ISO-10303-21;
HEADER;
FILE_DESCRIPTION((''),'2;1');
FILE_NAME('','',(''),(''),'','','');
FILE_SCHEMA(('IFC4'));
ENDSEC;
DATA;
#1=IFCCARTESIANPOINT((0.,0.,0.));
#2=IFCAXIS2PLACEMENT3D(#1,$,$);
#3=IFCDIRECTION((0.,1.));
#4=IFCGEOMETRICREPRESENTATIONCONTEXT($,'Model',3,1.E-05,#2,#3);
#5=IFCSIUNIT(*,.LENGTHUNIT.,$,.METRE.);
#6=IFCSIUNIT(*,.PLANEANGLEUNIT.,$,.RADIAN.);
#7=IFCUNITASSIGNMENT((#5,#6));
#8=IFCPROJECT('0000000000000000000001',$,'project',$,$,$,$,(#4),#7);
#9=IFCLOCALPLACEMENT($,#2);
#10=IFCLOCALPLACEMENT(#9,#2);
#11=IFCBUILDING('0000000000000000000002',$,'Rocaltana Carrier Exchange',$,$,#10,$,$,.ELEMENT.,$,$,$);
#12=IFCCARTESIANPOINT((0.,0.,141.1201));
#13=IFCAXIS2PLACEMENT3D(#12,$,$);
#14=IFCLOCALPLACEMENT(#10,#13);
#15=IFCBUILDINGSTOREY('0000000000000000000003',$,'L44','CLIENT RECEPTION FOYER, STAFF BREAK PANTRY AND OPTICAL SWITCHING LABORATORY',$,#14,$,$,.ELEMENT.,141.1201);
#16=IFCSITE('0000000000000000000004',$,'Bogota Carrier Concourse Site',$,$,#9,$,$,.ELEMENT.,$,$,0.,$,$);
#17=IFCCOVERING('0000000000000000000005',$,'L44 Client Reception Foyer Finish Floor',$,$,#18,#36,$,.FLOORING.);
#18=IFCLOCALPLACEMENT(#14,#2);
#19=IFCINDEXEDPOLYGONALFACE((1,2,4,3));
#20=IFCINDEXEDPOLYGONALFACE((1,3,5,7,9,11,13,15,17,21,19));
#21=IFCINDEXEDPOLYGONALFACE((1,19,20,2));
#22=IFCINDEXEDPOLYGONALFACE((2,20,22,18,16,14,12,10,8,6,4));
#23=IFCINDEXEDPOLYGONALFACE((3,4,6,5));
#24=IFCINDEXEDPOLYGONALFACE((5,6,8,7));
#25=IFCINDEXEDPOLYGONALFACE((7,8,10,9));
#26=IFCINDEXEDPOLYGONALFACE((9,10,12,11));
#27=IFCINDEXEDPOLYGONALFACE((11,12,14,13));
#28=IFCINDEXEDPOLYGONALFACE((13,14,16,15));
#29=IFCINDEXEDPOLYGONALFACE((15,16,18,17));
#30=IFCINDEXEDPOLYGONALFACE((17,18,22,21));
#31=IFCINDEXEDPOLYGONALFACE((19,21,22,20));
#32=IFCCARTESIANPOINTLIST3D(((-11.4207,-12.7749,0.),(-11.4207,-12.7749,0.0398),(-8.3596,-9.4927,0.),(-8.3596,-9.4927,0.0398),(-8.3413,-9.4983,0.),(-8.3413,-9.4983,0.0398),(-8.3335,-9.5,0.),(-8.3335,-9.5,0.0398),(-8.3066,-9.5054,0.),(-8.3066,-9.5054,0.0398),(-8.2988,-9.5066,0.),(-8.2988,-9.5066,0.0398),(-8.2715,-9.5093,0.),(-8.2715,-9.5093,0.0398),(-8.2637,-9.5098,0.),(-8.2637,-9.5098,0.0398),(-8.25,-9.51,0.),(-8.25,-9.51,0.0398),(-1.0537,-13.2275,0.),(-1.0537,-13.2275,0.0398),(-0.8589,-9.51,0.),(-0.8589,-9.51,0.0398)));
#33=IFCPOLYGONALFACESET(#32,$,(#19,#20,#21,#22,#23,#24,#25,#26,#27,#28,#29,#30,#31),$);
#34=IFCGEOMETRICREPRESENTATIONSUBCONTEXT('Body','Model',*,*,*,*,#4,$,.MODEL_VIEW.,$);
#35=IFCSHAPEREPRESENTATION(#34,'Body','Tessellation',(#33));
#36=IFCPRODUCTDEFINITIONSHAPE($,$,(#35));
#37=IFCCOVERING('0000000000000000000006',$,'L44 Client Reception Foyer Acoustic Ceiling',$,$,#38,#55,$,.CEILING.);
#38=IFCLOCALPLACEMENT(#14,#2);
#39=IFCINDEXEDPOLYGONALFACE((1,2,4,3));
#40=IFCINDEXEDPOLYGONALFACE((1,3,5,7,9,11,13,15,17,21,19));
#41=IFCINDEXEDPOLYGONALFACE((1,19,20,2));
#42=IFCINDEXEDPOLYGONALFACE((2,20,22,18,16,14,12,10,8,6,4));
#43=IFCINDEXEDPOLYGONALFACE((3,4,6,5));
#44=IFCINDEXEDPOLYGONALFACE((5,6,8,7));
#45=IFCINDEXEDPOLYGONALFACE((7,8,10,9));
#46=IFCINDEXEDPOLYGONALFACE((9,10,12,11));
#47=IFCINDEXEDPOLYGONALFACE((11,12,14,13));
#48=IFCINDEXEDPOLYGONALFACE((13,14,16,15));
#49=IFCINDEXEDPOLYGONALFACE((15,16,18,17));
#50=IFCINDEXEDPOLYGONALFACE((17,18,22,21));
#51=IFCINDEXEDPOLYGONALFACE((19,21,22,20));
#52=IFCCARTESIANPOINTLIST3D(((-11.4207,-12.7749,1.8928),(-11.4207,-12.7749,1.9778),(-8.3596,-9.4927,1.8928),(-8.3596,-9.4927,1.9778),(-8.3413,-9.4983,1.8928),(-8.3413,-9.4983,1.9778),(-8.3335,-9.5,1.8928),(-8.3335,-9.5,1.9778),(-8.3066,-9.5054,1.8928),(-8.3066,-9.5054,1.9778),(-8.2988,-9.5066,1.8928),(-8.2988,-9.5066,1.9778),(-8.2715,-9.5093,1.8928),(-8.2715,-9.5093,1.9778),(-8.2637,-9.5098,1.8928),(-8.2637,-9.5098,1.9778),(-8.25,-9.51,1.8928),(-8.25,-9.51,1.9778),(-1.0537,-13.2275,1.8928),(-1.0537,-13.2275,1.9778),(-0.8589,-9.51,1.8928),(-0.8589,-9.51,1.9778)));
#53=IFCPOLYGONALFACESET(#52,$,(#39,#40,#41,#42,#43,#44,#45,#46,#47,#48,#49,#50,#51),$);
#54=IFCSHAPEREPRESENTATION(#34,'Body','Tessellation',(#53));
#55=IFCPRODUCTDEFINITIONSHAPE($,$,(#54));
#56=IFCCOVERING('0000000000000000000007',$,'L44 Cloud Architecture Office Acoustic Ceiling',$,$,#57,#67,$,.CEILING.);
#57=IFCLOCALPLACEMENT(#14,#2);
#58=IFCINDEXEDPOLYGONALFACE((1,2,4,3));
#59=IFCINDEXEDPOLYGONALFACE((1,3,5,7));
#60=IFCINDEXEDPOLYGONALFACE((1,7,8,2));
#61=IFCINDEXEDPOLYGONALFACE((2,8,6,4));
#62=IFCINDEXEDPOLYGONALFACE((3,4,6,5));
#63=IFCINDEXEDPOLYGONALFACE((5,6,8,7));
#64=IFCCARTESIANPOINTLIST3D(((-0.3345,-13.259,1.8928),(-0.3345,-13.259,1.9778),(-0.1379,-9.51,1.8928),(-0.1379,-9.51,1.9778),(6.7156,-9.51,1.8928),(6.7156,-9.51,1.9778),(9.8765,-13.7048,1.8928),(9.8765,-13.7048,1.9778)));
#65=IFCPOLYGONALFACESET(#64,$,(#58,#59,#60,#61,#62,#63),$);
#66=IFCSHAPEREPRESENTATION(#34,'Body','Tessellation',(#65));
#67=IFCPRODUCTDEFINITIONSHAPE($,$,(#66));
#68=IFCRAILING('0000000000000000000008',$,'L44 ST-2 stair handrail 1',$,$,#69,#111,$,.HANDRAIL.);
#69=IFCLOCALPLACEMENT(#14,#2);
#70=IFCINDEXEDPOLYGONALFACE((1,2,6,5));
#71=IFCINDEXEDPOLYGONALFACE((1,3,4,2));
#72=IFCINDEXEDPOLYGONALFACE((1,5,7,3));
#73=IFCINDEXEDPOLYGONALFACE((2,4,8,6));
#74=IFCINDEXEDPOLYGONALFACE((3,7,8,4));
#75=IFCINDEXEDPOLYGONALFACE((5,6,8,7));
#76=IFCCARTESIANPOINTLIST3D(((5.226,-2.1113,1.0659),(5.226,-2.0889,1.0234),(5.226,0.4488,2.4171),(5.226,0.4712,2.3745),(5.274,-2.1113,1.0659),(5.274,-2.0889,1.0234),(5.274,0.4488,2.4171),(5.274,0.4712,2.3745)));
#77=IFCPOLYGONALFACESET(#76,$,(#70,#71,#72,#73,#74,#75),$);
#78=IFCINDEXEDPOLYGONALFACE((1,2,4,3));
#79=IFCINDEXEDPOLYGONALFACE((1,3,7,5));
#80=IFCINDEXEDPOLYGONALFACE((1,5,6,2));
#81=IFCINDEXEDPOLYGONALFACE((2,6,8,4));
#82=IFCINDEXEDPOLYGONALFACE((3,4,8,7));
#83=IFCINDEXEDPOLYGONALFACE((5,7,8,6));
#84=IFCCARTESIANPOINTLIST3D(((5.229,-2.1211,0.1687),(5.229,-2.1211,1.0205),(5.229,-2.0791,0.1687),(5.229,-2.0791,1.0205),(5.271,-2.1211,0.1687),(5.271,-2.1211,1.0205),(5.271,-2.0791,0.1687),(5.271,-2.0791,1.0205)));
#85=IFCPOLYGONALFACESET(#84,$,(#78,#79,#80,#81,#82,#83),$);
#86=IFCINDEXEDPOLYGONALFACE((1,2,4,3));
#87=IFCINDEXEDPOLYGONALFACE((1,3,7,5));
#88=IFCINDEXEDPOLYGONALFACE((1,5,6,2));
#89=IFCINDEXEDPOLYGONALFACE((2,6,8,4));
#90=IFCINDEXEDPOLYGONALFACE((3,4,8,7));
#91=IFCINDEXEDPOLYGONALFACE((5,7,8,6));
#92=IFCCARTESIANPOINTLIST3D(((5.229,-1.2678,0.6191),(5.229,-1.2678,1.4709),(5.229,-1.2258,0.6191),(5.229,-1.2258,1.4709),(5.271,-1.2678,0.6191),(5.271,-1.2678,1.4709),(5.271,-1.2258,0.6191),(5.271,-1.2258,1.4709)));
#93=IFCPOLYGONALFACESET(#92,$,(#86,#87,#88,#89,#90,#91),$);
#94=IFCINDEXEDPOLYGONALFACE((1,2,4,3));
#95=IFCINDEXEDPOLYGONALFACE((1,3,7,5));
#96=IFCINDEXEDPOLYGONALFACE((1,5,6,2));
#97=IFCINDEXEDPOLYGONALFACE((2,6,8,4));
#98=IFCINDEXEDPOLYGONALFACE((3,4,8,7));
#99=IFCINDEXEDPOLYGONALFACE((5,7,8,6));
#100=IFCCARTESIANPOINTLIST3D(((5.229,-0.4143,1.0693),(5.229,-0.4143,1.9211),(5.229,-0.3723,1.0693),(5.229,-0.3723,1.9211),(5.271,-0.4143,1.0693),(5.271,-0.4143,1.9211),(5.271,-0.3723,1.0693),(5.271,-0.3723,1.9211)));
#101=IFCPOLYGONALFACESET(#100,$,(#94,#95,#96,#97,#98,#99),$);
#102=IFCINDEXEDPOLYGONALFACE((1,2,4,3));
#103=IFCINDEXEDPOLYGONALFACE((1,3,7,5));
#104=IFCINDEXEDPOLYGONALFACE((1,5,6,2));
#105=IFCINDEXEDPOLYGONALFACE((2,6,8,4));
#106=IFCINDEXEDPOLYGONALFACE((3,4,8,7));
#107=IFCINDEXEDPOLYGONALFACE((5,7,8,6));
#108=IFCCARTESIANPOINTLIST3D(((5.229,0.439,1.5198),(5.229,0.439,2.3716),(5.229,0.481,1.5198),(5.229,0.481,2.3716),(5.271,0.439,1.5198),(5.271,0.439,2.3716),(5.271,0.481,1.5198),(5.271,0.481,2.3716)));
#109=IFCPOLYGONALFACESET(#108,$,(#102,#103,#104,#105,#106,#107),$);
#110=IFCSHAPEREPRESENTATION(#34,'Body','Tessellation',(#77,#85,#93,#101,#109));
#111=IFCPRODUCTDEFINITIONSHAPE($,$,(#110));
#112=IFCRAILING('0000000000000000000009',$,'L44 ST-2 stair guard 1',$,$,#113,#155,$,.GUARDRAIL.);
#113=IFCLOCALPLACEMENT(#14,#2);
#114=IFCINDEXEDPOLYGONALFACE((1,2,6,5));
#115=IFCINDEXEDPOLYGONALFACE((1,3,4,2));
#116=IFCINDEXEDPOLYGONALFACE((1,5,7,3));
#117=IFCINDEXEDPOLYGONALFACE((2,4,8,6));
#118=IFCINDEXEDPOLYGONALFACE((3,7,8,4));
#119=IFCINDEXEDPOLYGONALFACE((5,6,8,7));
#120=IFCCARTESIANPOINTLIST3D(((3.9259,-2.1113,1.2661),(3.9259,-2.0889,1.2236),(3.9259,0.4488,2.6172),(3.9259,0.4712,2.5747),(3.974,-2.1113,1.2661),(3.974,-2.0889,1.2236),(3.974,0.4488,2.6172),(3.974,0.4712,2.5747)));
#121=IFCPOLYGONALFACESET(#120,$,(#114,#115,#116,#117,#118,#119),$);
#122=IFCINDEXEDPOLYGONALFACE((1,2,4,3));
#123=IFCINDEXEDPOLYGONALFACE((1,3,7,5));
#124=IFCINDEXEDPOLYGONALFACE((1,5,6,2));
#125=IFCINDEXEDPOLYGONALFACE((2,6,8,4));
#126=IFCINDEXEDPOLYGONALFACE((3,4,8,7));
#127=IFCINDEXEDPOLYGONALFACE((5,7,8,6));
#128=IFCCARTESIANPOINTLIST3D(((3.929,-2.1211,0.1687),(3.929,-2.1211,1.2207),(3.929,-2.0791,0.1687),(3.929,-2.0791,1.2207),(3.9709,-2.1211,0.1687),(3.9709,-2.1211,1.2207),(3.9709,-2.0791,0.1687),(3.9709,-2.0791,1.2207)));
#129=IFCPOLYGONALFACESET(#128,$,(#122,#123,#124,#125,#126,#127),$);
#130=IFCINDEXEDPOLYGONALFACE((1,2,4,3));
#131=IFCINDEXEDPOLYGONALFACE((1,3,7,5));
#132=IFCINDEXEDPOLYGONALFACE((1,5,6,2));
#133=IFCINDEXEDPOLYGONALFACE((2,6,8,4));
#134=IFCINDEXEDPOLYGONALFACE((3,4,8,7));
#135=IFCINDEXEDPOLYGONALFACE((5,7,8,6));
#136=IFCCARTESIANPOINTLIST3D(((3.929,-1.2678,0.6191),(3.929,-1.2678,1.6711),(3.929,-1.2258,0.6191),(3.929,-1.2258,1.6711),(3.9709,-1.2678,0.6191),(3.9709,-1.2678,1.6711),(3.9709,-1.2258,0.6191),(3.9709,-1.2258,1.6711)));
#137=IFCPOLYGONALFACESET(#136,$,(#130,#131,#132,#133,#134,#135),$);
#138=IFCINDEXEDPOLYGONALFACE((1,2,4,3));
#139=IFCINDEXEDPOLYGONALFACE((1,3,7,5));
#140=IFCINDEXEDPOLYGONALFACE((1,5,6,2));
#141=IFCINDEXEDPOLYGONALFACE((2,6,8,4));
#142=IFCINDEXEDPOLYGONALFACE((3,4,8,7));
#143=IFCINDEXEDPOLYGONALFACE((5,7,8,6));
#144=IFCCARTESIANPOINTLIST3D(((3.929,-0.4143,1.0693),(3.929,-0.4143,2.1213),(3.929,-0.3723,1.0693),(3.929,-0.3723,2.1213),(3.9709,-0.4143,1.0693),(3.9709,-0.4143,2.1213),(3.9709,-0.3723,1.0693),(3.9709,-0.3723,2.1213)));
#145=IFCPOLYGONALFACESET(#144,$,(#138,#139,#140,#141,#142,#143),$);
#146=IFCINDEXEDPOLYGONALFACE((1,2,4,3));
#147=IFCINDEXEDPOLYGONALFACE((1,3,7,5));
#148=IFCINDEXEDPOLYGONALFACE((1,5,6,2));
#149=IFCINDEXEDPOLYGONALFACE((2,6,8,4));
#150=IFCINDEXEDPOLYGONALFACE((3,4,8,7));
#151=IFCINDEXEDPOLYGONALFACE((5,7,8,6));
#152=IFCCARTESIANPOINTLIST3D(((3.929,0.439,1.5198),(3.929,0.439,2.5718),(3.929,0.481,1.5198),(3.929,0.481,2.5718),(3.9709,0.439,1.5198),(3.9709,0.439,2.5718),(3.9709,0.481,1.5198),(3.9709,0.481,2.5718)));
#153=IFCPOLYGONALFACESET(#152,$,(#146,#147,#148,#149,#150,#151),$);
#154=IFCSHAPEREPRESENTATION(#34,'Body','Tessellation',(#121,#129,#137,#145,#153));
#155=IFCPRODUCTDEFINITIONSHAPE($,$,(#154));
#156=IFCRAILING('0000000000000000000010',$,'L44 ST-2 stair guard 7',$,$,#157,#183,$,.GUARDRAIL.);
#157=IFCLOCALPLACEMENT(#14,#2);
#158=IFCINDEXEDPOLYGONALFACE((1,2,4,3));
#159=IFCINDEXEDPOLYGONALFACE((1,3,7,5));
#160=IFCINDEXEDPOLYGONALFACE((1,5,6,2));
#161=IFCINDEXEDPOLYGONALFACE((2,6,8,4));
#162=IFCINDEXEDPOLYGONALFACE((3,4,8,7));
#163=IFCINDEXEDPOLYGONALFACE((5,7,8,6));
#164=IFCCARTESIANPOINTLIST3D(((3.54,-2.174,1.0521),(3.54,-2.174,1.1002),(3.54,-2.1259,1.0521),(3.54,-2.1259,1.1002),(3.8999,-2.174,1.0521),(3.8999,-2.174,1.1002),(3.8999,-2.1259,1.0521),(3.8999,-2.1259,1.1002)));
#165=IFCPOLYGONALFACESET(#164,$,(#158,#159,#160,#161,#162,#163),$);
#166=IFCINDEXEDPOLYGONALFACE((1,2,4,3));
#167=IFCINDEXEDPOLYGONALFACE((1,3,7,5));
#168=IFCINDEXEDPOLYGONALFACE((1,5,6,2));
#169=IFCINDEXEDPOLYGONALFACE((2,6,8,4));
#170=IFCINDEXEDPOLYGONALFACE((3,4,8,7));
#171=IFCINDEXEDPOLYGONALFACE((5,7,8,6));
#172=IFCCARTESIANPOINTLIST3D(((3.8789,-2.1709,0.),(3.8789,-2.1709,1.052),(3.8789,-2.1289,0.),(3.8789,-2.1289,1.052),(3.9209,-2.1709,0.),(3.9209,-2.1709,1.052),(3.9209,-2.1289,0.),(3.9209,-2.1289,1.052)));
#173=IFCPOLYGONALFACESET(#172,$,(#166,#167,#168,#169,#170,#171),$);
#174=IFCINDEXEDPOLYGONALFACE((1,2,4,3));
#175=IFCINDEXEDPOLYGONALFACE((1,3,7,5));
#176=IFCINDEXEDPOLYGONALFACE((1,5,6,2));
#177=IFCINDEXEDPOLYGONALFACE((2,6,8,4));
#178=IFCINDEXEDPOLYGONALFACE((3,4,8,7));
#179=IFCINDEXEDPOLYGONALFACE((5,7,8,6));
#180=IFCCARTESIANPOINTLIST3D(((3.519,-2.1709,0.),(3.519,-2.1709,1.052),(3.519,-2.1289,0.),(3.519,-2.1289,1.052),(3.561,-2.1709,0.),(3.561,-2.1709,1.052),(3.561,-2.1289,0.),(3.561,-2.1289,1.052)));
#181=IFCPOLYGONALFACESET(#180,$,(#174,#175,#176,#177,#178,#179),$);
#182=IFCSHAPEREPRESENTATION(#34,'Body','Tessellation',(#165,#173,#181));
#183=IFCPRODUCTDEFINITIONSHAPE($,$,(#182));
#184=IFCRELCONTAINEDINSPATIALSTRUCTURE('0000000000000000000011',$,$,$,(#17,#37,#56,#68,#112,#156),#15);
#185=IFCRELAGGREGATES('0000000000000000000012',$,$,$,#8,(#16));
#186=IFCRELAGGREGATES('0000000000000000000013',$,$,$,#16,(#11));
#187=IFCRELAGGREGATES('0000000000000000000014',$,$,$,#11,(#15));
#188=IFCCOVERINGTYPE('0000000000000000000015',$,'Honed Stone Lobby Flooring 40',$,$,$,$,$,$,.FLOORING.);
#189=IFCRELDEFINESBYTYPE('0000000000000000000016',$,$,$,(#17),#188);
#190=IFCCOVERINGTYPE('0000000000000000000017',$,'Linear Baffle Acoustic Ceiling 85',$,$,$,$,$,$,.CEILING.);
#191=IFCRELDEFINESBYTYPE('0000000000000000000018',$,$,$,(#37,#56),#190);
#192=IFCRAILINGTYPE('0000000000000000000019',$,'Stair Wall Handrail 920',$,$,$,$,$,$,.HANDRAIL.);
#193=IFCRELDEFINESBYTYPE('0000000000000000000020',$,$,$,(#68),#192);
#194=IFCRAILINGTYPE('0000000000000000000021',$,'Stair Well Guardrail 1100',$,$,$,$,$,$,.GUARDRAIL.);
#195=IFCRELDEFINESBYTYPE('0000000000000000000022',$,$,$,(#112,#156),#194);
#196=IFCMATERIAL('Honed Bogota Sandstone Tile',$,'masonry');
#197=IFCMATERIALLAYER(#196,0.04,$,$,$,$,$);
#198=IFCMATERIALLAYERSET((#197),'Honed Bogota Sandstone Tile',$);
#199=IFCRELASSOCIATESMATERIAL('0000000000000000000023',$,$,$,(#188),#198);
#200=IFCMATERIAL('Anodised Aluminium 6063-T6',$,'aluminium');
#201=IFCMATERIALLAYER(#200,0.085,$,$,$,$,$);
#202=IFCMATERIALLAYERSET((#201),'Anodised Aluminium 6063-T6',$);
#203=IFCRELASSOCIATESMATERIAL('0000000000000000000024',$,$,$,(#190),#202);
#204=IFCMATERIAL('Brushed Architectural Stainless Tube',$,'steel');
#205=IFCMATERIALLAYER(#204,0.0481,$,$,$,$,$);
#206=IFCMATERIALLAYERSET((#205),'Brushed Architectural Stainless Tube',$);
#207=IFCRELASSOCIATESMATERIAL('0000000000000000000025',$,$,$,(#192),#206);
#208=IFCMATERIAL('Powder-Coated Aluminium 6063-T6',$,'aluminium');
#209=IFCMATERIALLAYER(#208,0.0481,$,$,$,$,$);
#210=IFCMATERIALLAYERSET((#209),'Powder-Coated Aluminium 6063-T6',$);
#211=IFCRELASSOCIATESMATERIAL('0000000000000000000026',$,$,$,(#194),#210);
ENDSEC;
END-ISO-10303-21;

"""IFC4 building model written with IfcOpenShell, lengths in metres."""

from ifc_helpers import new_model, si_unit, direction, frame, origin, origin_2d, place, context, subcontext, project, spatial, polyline, rectangle, outline, extrude, material, layer, layer_set, type_object, element, save


model = new_model("IFC4")

# Units and contexts
model_context = context("Model", 3, precision=1e-05, world=origin(), true_north=direction((0.0, 1.0)))
body_context = subcontext(model_context, "Body", "Model", "MODEL_VIEW")
ifc_project = project(units=[si_unit("LENGTHUNIT", "METRE"), si_unit("PLANEANGLEUNIT", "RADIAN")], contexts=[model_context])

# Site, building, storey
site_placement = place(None, origin())
site = spatial("IfcSite", under=ifc_project, at=site_placement, Name="Bogota Carrier Concourse Site", CompositionType="ELEMENT", RefElevation=0.0)
building_placement = place(site_placement, origin())
building = spatial("IfcBuilding", under=site, at=building_placement, Name="Rocaltana Carrier Exchange", CompositionType="ELEMENT")
storey_placement = place(building_placement, frame((0.0, 0.0, 141.1201)))
storey = spatial("IfcBuildingStorey", under=building, at=storey_placement, Name="L44", Description="CLIENT RECEPTION FOYER, STAFF BREAK PANTRY AND OPTICAL SWITCHING LABORATORY", CompositionType="ELEMENT", Elevation=141.1201)

# Coverings
ifc_material_1 = material(Name="Honed Bogota Sandstone Tile", Category="masonry")
ifc_layer_1 = layer(ifc_material_1, 0.04)
ifc_layer_set_1 = layer_set([ifc_layer_1], Name="Honed Bogota Sandstone Tile")
covering_type_1 = type_object("IfcCoveringType", Name="Honed Stone Lobby Flooring 40", PredefinedType="FLOORING", material=ifc_layer_set_1)
covering_1_placement = place(storey_placement, origin())
element("IfcCovering", 1, at=covering_1_placement, inside=storey, type_object=covering_type_1, Name="L44 Client Reception Foyer Finish Floor", PredefinedType="FLOORING", context=body_context, shape_type="SweptSolid", body=[
    extrude(outline(polyline([(-11.4207, -12.7749), (-8.3596, -9.4927), (-8.3413, -9.4983), (-8.3335, -9.5), (-8.3066, -9.5054), (-8.2988, -9.5066), (-8.2715, -9.5093), (-8.2637, -9.5098), (-8.25, -9.51), (-0.8589, -9.51), (-1.0537, -13.2275), (-11.4207, -12.7749)])), origin(), (0.0, 0.0, 1.0), 0.0398),
])
ifc_material_2 = material(Name="Anodised Aluminium 6063-T6", Category="aluminium")
ifc_layer_2 = layer(ifc_material_2, 0.085)
ifc_layer_set_2 = layer_set([ifc_layer_2], Name="Anodised Aluminium 6063-T6")
covering_type_2 = type_object("IfcCoveringType", Name="Linear Baffle Acoustic Ceiling 85", PredefinedType="CEILING", material=ifc_layer_set_2)
covering_2_placement = place(storey_placement, frame((0.0, 0.0, 1.8928)))
element("IfcCovering", 2, at=covering_2_placement, inside=storey, type_object=covering_type_2, Name="L44 Client Reception Foyer Acoustic Ceiling", PredefinedType="CEILING", context=body_context, shape_type="SweptSolid", body=[
    extrude(outline(polyline([(-11.4207, -12.7749), (-8.3596, -9.4927), (-8.3413, -9.4983), (-8.3335, -9.5), (-8.3066, -9.5054), (-8.2988, -9.5066), (-8.2715, -9.5093), (-8.2637, -9.5098), (-8.25, -9.51), (-0.8589, -9.51), (-1.0537, -13.2275), (-11.4207, -12.7749)])), origin(), (0.0, 0.0, 1.0), 0.085),
])
covering_3_placement = place(storey_placement, frame((0.0, 0.0, 1.8928)))
element("IfcCovering", 3, at=covering_3_placement, inside=storey, type_object=covering_type_2, Name="L44 Cloud Architecture Office Acoustic Ceiling", PredefinedType="CEILING", context=body_context, shape_type="SweptSolid", body=[
    extrude(outline(polyline([(-0.3345, -13.259), (-0.1379, -9.51), (6.7156, -9.51), (9.8765, -13.7048), (-0.3345, -13.259)])), origin(), (0.0, 0.0, 1.0), 0.085),
])

# Railings
ifc_material_3 = material(Name="Brushed Architectural Stainless Tube", Category="steel")
ifc_layer_3 = layer(ifc_material_3, 0.0481)
ifc_layer_set_3 = layer_set([ifc_layer_3], Name="Brushed Architectural Stainless Tube")
railing_type_1 = type_object("IfcRailingType", Name="Stair Wall Handrail 920", PredefinedType="HANDRAIL", material=ifc_layer_set_3)
railing_1_placement = place(storey_placement, frame((5.25, -2.1001, 0.1687)))
element("IfcRailing", 4, at=railing_1_placement, inside=storey, type_object=railing_type_1, Name="L44 ST-2 stair handrail 1", PredefinedType="HANDRAIL", context=body_context, shape_type="SweptSolid", body=[
    extrude(rectangle(XDim=0.0481, YDim=0.0481, at=origin_2d()), frame((0.0, 0.0, 0.876), z_axis=(0.0, 0.884394, 0.46674), x_axis=(-1.0, 0.0, 0.0)), (0.0, 0.0, 1.0), 2.8948),
    extrude(rectangle(XDim=0.042, YDim=0.042, at=origin_2d()), origin(), (0.0, 0.0, 1.0), 0.8518),
    extrude(rectangle(XDim=0.042, YDim=0.042, at=origin_2d()), frame((0.0, 0.8533, 0.4504)), (0.0, 0.0, 1.0), 0.8518),
    extrude(rectangle(XDim=0.042, YDim=0.042, at=origin_2d()), frame((0.0, 1.7068, 0.9006)), (0.0, 0.0, 1.0), 0.8518),
    extrude(rectangle(XDim=0.042, YDim=0.042, at=origin_2d()), frame((0.0, 2.5601, 1.3511)), (0.0, 0.0, 1.0), 0.8518),
])
ifc_material_4 = material(Name="Powder-Coated Aluminium 6063-T6", Category="aluminium")
ifc_layer_4 = layer(ifc_material_4, 0.0481)
ifc_layer_set_4 = layer_set([ifc_layer_4], Name="Powder-Coated Aluminium 6063-T6")
railing_type_2 = type_object("IfcRailingType", Name="Stair Well Guardrail 1100", PredefinedType="GUARDRAIL", material=ifc_layer_set_4)
railing_2_placement = place(storey_placement, frame((3.95, -2.1001, 0.1687)))
element("IfcRailing", 5, at=railing_2_placement, inside=storey, type_object=railing_type_2, Name="L44 ST-2 stair guard 1", PredefinedType="GUARDRAIL", context=body_context, shape_type="SweptSolid", body=[
    extrude(rectangle(XDim=0.0481, YDim=0.0481, at=origin_2d()), frame((0.0, 0.0, 1.0762), z_axis=(0.0, 0.884394, 0.46674), x_axis=(-1.0, 0.0, 0.0)), (0.0, 0.0, 1.0), 2.8948),
    extrude(rectangle(XDim=0.042, YDim=0.042, at=origin_2d()), origin(), (0.0, 0.0, 1.0), 1.052),
    extrude(rectangle(XDim=0.042, YDim=0.042, at=origin_2d()), frame((0.0, 0.8533, 0.4504)), (0.0, 0.0, 1.0), 1.052),
    extrude(rectangle(XDim=0.042, YDim=0.042, at=origin_2d()), frame((0.0, 1.7068, 0.9006)), (0.0, 0.0, 1.0), 1.052),
    extrude(rectangle(XDim=0.042, YDim=0.042, at=origin_2d()), frame((0.0, 2.5601, 1.3511)), (0.0, 0.0, 1.0), 1.052),
])
railing_3_placement = place(storey_placement, frame((3.8999, -2.1499, 0.0)))
element("IfcRailing", 6, at=railing_3_placement, inside=storey, type_object=railing_type_2, Name="L44 ST-2 stair guard 7", PredefinedType="GUARDRAIL", context=body_context, shape_type="SweptSolid", body=[
    extrude(rectangle(XDim=0.0481, YDim=0.0481, at=origin_2d()), frame((0.0, 0.0, 1.0762), z_axis=(-1.0, 0.0, 0.0), x_axis=(0.0, -1.0, 0.0)), (0.0, 0.0, 1.0), 0.3599),
    extrude(rectangle(XDim=0.042, YDim=0.042, at=origin_2d()), origin(), (0.0, 0.0, 1.0), 1.052),
    extrude(rectangle(XDim=0.042, YDim=0.042, at=origin_2d()), frame((-0.3599, 0.0, 0.0)), (0.0, 0.0, 1.0), 1.052),
])

save(model, "model.ifc")
